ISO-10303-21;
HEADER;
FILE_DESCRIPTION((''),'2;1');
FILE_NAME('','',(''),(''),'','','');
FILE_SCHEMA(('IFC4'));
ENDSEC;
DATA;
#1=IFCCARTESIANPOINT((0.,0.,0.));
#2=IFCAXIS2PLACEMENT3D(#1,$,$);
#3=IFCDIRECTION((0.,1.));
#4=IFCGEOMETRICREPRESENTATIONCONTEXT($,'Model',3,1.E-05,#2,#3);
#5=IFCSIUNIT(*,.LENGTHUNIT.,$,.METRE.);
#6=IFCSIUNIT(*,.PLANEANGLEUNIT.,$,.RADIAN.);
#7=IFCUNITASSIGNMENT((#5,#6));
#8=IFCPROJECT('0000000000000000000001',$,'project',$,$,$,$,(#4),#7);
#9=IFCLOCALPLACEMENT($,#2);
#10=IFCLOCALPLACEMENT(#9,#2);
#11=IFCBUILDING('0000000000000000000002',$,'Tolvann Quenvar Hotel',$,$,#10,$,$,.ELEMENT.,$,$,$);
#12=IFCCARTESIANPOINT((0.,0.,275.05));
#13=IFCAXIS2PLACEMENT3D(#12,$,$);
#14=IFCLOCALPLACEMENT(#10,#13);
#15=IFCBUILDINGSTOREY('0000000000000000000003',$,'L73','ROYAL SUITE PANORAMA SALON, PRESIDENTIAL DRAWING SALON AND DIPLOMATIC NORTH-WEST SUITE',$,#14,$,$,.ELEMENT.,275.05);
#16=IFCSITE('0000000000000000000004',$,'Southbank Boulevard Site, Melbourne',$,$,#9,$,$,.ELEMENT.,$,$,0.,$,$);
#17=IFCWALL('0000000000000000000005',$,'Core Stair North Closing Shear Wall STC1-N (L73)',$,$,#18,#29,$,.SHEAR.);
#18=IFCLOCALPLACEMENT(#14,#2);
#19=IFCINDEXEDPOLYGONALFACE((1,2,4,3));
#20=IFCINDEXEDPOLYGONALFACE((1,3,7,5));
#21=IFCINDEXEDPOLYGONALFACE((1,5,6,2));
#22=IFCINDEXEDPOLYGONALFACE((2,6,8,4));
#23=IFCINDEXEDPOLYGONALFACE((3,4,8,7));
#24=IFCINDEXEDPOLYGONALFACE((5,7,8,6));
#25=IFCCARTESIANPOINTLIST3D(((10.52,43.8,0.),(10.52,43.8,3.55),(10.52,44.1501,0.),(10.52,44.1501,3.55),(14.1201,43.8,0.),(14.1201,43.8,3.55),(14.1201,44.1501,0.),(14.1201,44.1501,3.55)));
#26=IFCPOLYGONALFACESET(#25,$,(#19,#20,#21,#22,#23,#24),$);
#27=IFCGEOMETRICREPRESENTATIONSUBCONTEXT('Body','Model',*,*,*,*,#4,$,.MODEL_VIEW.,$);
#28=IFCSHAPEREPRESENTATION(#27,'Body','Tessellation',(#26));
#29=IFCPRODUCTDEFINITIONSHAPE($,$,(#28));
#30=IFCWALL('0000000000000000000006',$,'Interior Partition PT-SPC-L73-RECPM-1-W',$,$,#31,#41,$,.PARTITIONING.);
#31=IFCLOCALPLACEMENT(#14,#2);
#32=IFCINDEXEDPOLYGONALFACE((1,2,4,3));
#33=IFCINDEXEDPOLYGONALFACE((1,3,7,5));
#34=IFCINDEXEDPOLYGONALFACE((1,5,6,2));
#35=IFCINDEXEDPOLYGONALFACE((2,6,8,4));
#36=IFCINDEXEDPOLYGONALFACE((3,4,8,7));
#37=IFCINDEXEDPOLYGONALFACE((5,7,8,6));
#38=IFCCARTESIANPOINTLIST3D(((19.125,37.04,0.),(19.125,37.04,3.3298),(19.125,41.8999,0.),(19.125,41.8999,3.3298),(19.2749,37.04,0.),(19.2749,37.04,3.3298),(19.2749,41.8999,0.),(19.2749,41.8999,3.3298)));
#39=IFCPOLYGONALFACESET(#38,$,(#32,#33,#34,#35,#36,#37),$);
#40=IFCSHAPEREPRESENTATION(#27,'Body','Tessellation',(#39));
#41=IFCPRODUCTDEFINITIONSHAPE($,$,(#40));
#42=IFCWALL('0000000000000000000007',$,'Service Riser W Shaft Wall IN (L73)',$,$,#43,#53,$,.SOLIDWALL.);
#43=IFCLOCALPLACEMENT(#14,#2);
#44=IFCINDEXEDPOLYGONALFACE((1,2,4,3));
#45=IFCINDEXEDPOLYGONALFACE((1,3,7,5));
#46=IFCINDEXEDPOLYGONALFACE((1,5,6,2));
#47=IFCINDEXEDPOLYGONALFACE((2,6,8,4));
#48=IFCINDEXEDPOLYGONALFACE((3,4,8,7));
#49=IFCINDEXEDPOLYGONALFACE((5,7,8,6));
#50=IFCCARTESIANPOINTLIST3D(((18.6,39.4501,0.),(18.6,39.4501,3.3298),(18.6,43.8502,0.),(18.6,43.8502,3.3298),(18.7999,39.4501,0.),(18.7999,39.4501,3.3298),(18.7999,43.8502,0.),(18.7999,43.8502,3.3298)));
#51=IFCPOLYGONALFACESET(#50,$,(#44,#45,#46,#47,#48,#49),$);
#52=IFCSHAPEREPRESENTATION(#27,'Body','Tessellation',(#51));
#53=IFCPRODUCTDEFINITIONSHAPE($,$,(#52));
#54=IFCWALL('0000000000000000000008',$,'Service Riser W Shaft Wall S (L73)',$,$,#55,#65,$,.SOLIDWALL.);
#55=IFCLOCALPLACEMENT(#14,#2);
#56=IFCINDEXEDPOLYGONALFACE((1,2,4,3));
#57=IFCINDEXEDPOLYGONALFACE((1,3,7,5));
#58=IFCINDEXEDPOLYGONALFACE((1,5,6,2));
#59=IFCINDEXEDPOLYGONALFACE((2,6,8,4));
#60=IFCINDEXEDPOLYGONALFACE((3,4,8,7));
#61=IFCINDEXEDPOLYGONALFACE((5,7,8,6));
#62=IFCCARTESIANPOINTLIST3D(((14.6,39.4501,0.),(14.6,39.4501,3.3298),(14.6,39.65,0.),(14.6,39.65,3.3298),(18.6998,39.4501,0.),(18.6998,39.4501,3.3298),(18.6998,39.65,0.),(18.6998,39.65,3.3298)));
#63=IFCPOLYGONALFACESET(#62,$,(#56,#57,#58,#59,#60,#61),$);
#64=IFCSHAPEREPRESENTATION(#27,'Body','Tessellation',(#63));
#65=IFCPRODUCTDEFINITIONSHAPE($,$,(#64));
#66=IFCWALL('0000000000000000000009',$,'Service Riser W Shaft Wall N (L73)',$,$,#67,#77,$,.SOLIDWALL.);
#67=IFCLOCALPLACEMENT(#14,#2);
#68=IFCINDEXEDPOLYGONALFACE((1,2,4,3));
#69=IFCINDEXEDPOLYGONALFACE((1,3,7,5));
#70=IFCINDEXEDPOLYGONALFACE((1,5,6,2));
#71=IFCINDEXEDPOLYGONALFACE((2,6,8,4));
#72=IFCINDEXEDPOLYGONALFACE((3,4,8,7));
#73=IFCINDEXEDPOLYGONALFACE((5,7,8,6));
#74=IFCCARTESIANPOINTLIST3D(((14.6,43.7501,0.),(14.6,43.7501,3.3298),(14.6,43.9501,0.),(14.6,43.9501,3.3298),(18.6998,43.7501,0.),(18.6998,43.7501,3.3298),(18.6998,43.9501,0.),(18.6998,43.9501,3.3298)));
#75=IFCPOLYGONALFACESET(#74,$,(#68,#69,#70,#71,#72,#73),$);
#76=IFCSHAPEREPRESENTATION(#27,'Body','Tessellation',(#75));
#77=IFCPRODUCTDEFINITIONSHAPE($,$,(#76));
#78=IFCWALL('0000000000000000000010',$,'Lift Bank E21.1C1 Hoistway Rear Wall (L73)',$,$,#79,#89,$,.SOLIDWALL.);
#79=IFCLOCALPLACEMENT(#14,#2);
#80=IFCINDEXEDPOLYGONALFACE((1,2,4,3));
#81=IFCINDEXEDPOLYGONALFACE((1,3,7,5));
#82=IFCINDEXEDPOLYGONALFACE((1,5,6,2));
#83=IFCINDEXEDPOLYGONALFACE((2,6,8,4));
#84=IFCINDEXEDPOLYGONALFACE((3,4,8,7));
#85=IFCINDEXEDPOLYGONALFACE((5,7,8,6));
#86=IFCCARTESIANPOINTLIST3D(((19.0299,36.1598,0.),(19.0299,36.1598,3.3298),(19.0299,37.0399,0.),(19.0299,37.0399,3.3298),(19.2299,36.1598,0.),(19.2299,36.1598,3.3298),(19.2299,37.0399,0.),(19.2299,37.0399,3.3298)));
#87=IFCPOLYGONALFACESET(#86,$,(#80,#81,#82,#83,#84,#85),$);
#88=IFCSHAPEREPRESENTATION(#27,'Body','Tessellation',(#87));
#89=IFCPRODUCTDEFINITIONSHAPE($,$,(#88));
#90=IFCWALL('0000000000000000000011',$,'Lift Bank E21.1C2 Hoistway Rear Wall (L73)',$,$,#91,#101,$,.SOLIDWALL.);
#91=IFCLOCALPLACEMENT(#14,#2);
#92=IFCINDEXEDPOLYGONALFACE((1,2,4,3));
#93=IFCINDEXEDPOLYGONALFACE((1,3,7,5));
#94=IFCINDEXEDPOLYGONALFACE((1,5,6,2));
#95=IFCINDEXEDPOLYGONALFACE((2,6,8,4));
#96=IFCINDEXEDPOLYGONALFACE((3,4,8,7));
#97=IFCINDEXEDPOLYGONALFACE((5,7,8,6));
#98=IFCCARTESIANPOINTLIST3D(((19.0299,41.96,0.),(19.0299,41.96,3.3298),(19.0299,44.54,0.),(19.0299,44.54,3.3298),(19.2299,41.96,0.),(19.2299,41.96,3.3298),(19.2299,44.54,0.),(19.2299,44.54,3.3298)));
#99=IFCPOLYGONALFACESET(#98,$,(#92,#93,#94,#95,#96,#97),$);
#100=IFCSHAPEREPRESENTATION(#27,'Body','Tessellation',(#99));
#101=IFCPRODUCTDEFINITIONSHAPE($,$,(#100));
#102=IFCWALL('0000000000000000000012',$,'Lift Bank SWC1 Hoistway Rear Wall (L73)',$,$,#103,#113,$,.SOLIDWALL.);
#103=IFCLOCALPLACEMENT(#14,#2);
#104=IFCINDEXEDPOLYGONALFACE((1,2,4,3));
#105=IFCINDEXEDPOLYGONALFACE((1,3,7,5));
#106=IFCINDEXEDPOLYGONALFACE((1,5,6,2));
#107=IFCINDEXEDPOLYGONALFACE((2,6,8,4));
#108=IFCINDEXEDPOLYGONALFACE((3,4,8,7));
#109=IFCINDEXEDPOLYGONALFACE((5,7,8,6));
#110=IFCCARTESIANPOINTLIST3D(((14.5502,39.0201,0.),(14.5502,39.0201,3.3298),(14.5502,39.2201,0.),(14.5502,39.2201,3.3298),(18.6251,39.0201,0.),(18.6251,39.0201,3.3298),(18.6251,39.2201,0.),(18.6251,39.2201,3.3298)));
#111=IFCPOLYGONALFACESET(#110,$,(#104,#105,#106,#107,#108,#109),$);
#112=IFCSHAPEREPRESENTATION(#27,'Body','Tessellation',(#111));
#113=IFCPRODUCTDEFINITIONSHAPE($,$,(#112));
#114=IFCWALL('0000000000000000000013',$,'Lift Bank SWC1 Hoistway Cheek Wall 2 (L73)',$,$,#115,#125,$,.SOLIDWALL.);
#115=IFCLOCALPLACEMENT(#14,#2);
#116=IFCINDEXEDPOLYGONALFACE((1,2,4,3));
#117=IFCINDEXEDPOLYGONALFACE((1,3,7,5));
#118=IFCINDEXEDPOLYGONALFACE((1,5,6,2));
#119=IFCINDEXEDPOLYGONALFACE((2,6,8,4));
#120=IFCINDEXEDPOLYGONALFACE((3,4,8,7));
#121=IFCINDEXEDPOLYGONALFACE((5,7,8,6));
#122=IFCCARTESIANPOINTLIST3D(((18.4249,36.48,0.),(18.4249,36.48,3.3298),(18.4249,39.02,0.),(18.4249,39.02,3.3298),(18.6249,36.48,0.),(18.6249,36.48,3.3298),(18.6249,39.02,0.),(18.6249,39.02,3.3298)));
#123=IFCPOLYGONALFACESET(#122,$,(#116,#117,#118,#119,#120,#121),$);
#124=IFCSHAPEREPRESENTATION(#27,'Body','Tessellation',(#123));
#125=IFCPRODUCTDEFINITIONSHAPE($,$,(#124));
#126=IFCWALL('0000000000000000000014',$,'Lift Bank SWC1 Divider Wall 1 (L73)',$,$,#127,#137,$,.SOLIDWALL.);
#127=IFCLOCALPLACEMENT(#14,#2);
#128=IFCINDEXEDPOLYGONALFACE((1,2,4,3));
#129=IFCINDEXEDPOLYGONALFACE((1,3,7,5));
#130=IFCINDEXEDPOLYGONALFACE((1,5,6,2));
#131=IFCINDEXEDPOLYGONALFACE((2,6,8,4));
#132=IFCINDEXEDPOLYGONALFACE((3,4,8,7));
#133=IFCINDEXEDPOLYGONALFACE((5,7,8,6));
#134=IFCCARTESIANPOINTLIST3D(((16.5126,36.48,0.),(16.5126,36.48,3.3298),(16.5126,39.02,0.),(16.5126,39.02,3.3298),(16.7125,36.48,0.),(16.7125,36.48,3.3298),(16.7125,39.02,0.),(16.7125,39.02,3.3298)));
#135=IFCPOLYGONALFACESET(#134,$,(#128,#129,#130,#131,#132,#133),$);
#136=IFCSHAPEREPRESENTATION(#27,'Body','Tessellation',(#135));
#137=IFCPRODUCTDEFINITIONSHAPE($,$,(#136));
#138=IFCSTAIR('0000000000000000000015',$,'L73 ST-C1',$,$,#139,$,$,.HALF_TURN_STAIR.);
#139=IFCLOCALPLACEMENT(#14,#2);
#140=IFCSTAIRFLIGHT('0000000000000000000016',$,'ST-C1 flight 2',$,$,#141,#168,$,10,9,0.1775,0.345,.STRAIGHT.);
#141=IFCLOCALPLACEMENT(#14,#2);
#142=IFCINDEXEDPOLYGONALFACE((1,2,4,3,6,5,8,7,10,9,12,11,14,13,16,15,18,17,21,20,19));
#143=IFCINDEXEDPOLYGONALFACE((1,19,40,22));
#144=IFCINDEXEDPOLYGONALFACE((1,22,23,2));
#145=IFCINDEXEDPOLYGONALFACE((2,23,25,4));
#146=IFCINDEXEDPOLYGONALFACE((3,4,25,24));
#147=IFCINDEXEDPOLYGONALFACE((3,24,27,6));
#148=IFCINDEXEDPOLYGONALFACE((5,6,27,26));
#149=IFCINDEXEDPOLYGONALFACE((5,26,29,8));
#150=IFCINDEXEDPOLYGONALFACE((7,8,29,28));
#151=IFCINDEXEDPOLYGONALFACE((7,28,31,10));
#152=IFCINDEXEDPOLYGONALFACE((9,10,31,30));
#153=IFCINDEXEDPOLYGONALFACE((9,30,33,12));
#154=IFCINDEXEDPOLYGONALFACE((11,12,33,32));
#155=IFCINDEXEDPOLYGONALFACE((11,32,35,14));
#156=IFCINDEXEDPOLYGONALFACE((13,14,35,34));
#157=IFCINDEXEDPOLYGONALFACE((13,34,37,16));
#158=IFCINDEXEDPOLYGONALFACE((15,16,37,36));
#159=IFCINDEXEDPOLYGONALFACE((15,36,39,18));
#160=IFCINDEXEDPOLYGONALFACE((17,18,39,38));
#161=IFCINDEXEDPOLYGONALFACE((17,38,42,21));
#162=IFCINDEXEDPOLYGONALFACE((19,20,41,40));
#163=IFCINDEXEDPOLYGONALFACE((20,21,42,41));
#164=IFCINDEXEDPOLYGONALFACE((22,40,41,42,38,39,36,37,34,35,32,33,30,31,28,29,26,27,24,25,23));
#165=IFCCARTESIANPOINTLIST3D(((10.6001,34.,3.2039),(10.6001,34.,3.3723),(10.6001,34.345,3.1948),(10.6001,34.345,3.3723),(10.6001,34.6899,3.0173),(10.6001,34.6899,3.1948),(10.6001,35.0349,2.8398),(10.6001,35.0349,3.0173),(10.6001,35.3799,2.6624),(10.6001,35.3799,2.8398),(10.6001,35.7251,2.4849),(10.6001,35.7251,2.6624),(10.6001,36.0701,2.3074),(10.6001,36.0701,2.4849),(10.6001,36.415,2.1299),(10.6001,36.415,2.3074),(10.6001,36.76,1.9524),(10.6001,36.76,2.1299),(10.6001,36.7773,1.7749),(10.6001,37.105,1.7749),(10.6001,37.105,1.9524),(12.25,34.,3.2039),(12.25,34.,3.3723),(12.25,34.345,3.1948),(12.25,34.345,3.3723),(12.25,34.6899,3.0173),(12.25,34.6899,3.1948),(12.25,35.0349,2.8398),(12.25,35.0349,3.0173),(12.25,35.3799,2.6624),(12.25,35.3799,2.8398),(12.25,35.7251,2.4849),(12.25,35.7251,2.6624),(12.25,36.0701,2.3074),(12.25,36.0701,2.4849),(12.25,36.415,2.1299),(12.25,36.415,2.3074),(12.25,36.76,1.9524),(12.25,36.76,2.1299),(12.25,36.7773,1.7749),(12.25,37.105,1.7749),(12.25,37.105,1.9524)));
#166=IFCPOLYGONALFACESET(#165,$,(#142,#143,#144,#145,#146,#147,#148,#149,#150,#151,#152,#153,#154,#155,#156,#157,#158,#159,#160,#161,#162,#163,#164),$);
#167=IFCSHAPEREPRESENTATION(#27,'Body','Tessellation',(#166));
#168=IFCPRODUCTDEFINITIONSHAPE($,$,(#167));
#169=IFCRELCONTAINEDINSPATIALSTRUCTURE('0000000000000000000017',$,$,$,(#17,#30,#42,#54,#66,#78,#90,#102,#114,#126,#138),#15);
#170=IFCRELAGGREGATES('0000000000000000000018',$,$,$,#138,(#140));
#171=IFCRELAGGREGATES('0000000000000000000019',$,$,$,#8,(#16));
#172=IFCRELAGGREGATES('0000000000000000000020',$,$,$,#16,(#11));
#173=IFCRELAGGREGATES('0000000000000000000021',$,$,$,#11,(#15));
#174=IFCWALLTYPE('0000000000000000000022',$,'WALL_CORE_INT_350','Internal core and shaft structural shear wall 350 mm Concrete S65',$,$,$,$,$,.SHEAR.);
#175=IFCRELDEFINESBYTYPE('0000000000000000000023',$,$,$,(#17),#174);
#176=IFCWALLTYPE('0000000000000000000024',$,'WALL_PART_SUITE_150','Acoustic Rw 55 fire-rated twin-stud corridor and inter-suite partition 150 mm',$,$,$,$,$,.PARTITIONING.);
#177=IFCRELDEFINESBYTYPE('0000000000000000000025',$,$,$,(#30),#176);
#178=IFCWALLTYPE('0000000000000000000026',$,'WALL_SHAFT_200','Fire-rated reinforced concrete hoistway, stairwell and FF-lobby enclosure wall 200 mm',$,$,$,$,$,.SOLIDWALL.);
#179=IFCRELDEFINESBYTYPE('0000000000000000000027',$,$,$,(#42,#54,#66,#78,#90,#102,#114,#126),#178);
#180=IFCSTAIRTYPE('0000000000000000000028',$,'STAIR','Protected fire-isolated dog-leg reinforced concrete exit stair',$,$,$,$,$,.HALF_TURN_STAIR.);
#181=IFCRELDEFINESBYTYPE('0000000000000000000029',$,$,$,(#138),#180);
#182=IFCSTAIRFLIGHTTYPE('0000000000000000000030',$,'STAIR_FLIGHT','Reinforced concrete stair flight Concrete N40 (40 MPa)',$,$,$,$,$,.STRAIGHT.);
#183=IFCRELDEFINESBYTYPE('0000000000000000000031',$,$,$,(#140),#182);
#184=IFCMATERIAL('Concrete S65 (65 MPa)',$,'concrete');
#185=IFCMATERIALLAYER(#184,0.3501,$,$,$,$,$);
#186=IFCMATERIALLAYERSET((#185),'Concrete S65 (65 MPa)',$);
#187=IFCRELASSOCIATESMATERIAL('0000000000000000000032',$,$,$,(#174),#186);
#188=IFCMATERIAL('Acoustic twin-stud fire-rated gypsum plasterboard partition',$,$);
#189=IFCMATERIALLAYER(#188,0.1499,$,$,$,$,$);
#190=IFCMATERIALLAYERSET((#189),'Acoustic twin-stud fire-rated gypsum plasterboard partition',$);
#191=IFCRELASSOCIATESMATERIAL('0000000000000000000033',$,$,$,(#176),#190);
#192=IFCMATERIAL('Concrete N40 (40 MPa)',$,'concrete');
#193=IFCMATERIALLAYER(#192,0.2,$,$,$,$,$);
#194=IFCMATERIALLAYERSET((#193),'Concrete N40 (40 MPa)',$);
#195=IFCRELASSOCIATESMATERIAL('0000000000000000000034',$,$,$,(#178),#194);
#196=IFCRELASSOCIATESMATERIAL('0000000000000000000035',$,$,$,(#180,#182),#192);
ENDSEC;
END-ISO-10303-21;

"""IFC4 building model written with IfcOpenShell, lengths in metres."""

from ifc_helpers import new_model, si_unit, direction, frame, frame_2d, origin, place, context, subcontext, project, spatial, polyline, rectangle, outline, extrude, material, layer, layer_set, type_object, element, aggregate, save


model = new_model("IFC4")

# Units and contexts
model_context = context("Model", 3, precision=1e-05, world=origin(), true_north=direction((0.0, 1.0)))
body_context = subcontext(model_context, "Body", "Model", "MODEL_VIEW")
ifc_project = project(units=[si_unit("LENGTHUNIT", "METRE"), si_unit("PLANEANGLEUNIT", "RADIAN")], contexts=[model_context])

# Site, building, storey
site_placement = place(None, origin())
site = spatial("IfcSite", under=ifc_project, at=site_placement, Name="Southbank Boulevard Site, Melbourne", CompositionType="ELEMENT", RefElevation=0.0)
building_placement = place(site_placement, origin())
building = spatial("IfcBuilding", under=site, at=building_placement, Name="Tolvann Quenvar Hotel", CompositionType="ELEMENT")
storey_placement = place(building_placement, frame((0.0, 0.0, 275.05)))
storey = spatial("IfcBuildingStorey", under=building, at=storey_placement, Name="L73", Description="ROYAL SUITE PANORAMA SALON, PRESIDENTIAL DRAWING SALON AND DIPLOMATIC NORTH-WEST SUITE", CompositionType="ELEMENT", Elevation=275.05)

# Walls
ifc_material_1 = material(Name="Concrete S65 (65 MPa)", Category="concrete")
ifc_layer_1 = layer(ifc_material_1, 0.3501)
ifc_layer_set_1 = layer_set([ifc_layer_1], Name="Concrete S65 (65 MPa)")
wall_type_1 = type_object("IfcWallType", Name="WALL_CORE_INT_350", Description="Internal core and shaft structural shear wall 350 mm Concrete S65", PredefinedType="SHEAR", material=ifc_layer_set_1)
wall_1_placement = place(storey_placement, frame((10.52, 43.9751, 0.0), z_axis=(0.0, 0.0, 1.0), x_axis=(1.0, 0.0, 0.0)))
element("IfcWall", 1, at=wall_1_placement, inside=storey, type_object=wall_type_1, Name="Core Stair North Closing Shear Wall STC1-N (L73)", PredefinedType="SHEAR", context=body_context, shape_type="SweptSolid", body=[
    extrude(rectangle(XDim=3.6001, YDim=0.3501, at=frame_2d((1.8, 0.0))), origin(), (0.0, 0.0, 1.0), 3.55),
])
ifc_material_2 = material(Name="Acoustic twin-stud fire-rated gypsum plasterboard partition")
ifc_layer_2 = layer(ifc_material_2, 0.1499)
ifc_layer_set_2 = layer_set([ifc_layer_2], Name="Acoustic twin-stud fire-rated gypsum plasterboard partition")
wall_type_2 = type_object("IfcWallType", Name="WALL_PART_SUITE_150", Description="Acoustic Rw 55 fire-rated twin-stud corridor and inter-suite partition 150 mm", PredefinedType="PARTITIONING", material=ifc_layer_set_2)
wall_2_placement = place(storey_placement, frame((19.2, 37.04, 0.0), z_axis=(0.0, 0.0, 1.0), x_axis=(0.0, 1.0, 0.0)))
element("IfcWall", 2, at=wall_2_placement, inside=storey, type_object=wall_type_2, Name="Interior Partition PT-SPC-L73-RECPM-1-W", PredefinedType="PARTITIONING", context=body_context, shape_type="SweptSolid", body=[
    extrude(rectangle(XDim=4.8599, YDim=0.1499, at=frame_2d((2.4299, 0.0))), origin(), (0.0, 0.0, 1.0), 3.3298),
])
ifc_material_3 = material(Name="Concrete N40 (40 MPa)", Category="concrete")
ifc_layer_3 = layer(ifc_material_3, 0.2)
ifc_layer_set_3 = layer_set([ifc_layer_3], Name="Concrete N40 (40 MPa)")
wall_type_3 = type_object("IfcWallType", Name="WALL_SHAFT_200", Description="Fire-rated reinforced concrete hoistway, stairwell and FF-lobby enclosure wall 200 mm", PredefinedType="SOLIDWALL", material=ifc_layer_set_3)
wall_3_placement = place(storey_placement, frame((18.7, 39.45, 0.0), z_axis=(0.0, 0.0, 1.0), x_axis=(0.0, 1.0, 0.0)))
element("IfcWall", 3, at=wall_3_placement, inside=storey, type_object=wall_type_3, Name="Service Riser W Shaft Wall IN (L73)", PredefinedType="SOLIDWALL", context=body_context, shape_type="SweptSolid", body=[
    extrude(rectangle(XDim=4.4001, YDim=0.2, at=frame_2d((2.2002, 0.0))), origin(), (0.0, 0.0, 1.0), 3.3298),
])
for number, where, z_axis, x_axis, name in (
    (4, (14.6001, 39.55, 0.0), (0.0, 0.0, 1.0), (1.0, 0.0, 0.0), "Service Riser W Shaft Wall S (L73)"),
    (5, (14.6001, 43.8501, 0.0), (0.0, 0.0, 1.0), (1.0, 0.0, 0.0), "Service Riser W Shaft Wall N (L73)"),
):
    element("IfcWall", number, at=place(storey_placement, frame(where, z_axis=z_axis, x_axis=x_axis)), inside=storey, type_object=wall_type_3, Name=name, PredefinedType="SOLIDWALL", context=body_context, shape_type="SweptSolid", body=[
        extrude(rectangle(XDim=4.0999, YDim=0.2, at=frame_2d((2.0498, 0.0))), origin(), (0.0, 0.0, 1.0), 3.3298),
    ])
wall_4_placement = place(storey_placement, frame((19.1299, 36.1599, 0.0), z_axis=(0.0, 0.0, 1.0), x_axis=(0.0, 1.0, 0.0)))
element("IfcWall", 6, at=wall_4_placement, inside=storey, type_object=wall_type_3, Name="Lift Bank E21.1C1 Hoistway Rear Wall (L73)", PredefinedType="SOLIDWALL", context=body_context, shape_type="SweptSolid", body=[
    extrude(rectangle(XDim=0.8801, YDim=0.2, at=frame_2d((0.4399, 0.0))), origin(), (0.0, 0.0, 1.0), 3.3298),
])
wall_5_placement = place(storey_placement, frame((19.1299, 41.96, 0.0), z_axis=(0.0, 0.0, 1.0), x_axis=(0.0, 1.0, 0.0)))
element("IfcWall", 7, at=wall_5_placement, inside=storey, type_object=wall_type_3, Name="Lift Bank E21.1C2 Hoistway Rear Wall (L73)", PredefinedType="SOLIDWALL", context=body_context, shape_type="SweptSolid", body=[
    extrude(rectangle(XDim=2.5801, YDim=0.2, at=frame_2d((1.29, 0.0))), origin(), (0.0, 0.0, 1.0), 3.3298),
])

# Walls
wall_6_placement = place(storey_placement, frame((14.55, 39.1201, 0.0), z_axis=(0.0, 0.0, 1.0), x_axis=(1.0, 0.0, 0.0)))
element("IfcWall", 8, at=wall_6_placement, inside=storey, type_object=wall_type_3, Name="Lift Bank SWC1 Hoistway Rear Wall (L73)", PredefinedType="SOLIDWALL", context=body_context, shape_type="SweptSolid", body=[
    extrude(rectangle(XDim=4.075, YDim=0.2, at=frame_2d((2.0376, 0.0))), origin(), (0.0, 0.0, 1.0), 3.3298),
])
for number, where, z_axis, x_axis, name in (
    (9, (18.5249, 36.48, 0.0), (0.0, 0.0, 1.0), (0.0, 1.0, 0.0), "Lift Bank SWC1 Hoistway Cheek Wall 2 (L73)"),
    (10, (16.6125, 36.48, 0.0), (0.0, 0.0, 1.0), (0.0, 1.0, 0.0), "Lift Bank SWC1 Divider Wall 1 (L73)"),
):
    element("IfcWall", number, at=place(storey_placement, frame(where, z_axis=z_axis, x_axis=x_axis)), inside=storey, type_object=wall_type_3, Name=name, PredefinedType="SOLIDWALL", context=body_context, shape_type="SweptSolid", body=[
        extrude(rectangle(XDim=2.54, YDim=0.2, at=frame_2d((1.27, 0.0))), origin(), (0.0, 0.0, 1.0), 3.3298),
    ])

# Stair, stair flight
stair_type = type_object("IfcStairType", Name="STAIR", Description="Protected fire-isolated dog-leg reinforced concrete exit stair", PredefinedType="HALF_TURN_STAIR", material=ifc_material_3)
stair_placement = place(storey_placement, origin())
stair = element("IfcStair", 11, at=stair_placement, inside=storey, type_object=stair_type, Name="L73 ST-C1", PredefinedType="HALF_TURN_STAIR")
stair_flight_type = type_object("IfcStairFlightType", Name="STAIR_FLIGHT", Description="Reinforced concrete stair flight Concrete N40 (40 MPa)", PredefinedType="STRAIGHT", material=ifc_material_3)
stair_flight_placement = place(storey_placement, frame((11.425, 37.105, 1.7749), z_axis=(0.0, 0.0, 1.0), x_axis=(0.0, -1.0, 0.0)))
stair_flight = element("IfcStairFlight", 12, at=stair_flight_placement, type_object=stair_flight_type, Name="ST-C1 flight 2", NumberOfRisers=10, NumberOfTreads=9, PredefinedType="STRAIGHT", RiserHeight=0.1775, TreadLength=0.345, context=body_context, shape_type="SweptSolid", body=[
    extrude(outline(polyline([(0.0, 0.0), (0.0, 0.1775), (0.345, 0.1775), (0.345, 0.355), (0.6899, 0.355), (0.6899, 0.5325), (1.0349, 0.5325), (1.0349, 0.71), (1.3799, 0.71), (1.3799, 0.8875), (1.7251, 0.8875), (1.7251, 1.0649), (2.0701, 1.0649), (2.0701, 1.2424), (2.415, 1.2424), (2.415, 1.4199), (2.76, 1.4199), (2.76, 1.5974), (3.105, 1.5974), (3.105, 1.7749), (3.105, 1.429), (0.3276, 0.0), (0.0, 0.0)])), frame((0.0, 0.825, 0.0), z_axis=(0.0, -1.0, 0.0), x_axis=(1.0, 0.0, 0.0)), (0.0, 0.0, 1.0), 1.6499),
])
aggregate(stair, [stair_flight])

save(model, "model.ifc")
